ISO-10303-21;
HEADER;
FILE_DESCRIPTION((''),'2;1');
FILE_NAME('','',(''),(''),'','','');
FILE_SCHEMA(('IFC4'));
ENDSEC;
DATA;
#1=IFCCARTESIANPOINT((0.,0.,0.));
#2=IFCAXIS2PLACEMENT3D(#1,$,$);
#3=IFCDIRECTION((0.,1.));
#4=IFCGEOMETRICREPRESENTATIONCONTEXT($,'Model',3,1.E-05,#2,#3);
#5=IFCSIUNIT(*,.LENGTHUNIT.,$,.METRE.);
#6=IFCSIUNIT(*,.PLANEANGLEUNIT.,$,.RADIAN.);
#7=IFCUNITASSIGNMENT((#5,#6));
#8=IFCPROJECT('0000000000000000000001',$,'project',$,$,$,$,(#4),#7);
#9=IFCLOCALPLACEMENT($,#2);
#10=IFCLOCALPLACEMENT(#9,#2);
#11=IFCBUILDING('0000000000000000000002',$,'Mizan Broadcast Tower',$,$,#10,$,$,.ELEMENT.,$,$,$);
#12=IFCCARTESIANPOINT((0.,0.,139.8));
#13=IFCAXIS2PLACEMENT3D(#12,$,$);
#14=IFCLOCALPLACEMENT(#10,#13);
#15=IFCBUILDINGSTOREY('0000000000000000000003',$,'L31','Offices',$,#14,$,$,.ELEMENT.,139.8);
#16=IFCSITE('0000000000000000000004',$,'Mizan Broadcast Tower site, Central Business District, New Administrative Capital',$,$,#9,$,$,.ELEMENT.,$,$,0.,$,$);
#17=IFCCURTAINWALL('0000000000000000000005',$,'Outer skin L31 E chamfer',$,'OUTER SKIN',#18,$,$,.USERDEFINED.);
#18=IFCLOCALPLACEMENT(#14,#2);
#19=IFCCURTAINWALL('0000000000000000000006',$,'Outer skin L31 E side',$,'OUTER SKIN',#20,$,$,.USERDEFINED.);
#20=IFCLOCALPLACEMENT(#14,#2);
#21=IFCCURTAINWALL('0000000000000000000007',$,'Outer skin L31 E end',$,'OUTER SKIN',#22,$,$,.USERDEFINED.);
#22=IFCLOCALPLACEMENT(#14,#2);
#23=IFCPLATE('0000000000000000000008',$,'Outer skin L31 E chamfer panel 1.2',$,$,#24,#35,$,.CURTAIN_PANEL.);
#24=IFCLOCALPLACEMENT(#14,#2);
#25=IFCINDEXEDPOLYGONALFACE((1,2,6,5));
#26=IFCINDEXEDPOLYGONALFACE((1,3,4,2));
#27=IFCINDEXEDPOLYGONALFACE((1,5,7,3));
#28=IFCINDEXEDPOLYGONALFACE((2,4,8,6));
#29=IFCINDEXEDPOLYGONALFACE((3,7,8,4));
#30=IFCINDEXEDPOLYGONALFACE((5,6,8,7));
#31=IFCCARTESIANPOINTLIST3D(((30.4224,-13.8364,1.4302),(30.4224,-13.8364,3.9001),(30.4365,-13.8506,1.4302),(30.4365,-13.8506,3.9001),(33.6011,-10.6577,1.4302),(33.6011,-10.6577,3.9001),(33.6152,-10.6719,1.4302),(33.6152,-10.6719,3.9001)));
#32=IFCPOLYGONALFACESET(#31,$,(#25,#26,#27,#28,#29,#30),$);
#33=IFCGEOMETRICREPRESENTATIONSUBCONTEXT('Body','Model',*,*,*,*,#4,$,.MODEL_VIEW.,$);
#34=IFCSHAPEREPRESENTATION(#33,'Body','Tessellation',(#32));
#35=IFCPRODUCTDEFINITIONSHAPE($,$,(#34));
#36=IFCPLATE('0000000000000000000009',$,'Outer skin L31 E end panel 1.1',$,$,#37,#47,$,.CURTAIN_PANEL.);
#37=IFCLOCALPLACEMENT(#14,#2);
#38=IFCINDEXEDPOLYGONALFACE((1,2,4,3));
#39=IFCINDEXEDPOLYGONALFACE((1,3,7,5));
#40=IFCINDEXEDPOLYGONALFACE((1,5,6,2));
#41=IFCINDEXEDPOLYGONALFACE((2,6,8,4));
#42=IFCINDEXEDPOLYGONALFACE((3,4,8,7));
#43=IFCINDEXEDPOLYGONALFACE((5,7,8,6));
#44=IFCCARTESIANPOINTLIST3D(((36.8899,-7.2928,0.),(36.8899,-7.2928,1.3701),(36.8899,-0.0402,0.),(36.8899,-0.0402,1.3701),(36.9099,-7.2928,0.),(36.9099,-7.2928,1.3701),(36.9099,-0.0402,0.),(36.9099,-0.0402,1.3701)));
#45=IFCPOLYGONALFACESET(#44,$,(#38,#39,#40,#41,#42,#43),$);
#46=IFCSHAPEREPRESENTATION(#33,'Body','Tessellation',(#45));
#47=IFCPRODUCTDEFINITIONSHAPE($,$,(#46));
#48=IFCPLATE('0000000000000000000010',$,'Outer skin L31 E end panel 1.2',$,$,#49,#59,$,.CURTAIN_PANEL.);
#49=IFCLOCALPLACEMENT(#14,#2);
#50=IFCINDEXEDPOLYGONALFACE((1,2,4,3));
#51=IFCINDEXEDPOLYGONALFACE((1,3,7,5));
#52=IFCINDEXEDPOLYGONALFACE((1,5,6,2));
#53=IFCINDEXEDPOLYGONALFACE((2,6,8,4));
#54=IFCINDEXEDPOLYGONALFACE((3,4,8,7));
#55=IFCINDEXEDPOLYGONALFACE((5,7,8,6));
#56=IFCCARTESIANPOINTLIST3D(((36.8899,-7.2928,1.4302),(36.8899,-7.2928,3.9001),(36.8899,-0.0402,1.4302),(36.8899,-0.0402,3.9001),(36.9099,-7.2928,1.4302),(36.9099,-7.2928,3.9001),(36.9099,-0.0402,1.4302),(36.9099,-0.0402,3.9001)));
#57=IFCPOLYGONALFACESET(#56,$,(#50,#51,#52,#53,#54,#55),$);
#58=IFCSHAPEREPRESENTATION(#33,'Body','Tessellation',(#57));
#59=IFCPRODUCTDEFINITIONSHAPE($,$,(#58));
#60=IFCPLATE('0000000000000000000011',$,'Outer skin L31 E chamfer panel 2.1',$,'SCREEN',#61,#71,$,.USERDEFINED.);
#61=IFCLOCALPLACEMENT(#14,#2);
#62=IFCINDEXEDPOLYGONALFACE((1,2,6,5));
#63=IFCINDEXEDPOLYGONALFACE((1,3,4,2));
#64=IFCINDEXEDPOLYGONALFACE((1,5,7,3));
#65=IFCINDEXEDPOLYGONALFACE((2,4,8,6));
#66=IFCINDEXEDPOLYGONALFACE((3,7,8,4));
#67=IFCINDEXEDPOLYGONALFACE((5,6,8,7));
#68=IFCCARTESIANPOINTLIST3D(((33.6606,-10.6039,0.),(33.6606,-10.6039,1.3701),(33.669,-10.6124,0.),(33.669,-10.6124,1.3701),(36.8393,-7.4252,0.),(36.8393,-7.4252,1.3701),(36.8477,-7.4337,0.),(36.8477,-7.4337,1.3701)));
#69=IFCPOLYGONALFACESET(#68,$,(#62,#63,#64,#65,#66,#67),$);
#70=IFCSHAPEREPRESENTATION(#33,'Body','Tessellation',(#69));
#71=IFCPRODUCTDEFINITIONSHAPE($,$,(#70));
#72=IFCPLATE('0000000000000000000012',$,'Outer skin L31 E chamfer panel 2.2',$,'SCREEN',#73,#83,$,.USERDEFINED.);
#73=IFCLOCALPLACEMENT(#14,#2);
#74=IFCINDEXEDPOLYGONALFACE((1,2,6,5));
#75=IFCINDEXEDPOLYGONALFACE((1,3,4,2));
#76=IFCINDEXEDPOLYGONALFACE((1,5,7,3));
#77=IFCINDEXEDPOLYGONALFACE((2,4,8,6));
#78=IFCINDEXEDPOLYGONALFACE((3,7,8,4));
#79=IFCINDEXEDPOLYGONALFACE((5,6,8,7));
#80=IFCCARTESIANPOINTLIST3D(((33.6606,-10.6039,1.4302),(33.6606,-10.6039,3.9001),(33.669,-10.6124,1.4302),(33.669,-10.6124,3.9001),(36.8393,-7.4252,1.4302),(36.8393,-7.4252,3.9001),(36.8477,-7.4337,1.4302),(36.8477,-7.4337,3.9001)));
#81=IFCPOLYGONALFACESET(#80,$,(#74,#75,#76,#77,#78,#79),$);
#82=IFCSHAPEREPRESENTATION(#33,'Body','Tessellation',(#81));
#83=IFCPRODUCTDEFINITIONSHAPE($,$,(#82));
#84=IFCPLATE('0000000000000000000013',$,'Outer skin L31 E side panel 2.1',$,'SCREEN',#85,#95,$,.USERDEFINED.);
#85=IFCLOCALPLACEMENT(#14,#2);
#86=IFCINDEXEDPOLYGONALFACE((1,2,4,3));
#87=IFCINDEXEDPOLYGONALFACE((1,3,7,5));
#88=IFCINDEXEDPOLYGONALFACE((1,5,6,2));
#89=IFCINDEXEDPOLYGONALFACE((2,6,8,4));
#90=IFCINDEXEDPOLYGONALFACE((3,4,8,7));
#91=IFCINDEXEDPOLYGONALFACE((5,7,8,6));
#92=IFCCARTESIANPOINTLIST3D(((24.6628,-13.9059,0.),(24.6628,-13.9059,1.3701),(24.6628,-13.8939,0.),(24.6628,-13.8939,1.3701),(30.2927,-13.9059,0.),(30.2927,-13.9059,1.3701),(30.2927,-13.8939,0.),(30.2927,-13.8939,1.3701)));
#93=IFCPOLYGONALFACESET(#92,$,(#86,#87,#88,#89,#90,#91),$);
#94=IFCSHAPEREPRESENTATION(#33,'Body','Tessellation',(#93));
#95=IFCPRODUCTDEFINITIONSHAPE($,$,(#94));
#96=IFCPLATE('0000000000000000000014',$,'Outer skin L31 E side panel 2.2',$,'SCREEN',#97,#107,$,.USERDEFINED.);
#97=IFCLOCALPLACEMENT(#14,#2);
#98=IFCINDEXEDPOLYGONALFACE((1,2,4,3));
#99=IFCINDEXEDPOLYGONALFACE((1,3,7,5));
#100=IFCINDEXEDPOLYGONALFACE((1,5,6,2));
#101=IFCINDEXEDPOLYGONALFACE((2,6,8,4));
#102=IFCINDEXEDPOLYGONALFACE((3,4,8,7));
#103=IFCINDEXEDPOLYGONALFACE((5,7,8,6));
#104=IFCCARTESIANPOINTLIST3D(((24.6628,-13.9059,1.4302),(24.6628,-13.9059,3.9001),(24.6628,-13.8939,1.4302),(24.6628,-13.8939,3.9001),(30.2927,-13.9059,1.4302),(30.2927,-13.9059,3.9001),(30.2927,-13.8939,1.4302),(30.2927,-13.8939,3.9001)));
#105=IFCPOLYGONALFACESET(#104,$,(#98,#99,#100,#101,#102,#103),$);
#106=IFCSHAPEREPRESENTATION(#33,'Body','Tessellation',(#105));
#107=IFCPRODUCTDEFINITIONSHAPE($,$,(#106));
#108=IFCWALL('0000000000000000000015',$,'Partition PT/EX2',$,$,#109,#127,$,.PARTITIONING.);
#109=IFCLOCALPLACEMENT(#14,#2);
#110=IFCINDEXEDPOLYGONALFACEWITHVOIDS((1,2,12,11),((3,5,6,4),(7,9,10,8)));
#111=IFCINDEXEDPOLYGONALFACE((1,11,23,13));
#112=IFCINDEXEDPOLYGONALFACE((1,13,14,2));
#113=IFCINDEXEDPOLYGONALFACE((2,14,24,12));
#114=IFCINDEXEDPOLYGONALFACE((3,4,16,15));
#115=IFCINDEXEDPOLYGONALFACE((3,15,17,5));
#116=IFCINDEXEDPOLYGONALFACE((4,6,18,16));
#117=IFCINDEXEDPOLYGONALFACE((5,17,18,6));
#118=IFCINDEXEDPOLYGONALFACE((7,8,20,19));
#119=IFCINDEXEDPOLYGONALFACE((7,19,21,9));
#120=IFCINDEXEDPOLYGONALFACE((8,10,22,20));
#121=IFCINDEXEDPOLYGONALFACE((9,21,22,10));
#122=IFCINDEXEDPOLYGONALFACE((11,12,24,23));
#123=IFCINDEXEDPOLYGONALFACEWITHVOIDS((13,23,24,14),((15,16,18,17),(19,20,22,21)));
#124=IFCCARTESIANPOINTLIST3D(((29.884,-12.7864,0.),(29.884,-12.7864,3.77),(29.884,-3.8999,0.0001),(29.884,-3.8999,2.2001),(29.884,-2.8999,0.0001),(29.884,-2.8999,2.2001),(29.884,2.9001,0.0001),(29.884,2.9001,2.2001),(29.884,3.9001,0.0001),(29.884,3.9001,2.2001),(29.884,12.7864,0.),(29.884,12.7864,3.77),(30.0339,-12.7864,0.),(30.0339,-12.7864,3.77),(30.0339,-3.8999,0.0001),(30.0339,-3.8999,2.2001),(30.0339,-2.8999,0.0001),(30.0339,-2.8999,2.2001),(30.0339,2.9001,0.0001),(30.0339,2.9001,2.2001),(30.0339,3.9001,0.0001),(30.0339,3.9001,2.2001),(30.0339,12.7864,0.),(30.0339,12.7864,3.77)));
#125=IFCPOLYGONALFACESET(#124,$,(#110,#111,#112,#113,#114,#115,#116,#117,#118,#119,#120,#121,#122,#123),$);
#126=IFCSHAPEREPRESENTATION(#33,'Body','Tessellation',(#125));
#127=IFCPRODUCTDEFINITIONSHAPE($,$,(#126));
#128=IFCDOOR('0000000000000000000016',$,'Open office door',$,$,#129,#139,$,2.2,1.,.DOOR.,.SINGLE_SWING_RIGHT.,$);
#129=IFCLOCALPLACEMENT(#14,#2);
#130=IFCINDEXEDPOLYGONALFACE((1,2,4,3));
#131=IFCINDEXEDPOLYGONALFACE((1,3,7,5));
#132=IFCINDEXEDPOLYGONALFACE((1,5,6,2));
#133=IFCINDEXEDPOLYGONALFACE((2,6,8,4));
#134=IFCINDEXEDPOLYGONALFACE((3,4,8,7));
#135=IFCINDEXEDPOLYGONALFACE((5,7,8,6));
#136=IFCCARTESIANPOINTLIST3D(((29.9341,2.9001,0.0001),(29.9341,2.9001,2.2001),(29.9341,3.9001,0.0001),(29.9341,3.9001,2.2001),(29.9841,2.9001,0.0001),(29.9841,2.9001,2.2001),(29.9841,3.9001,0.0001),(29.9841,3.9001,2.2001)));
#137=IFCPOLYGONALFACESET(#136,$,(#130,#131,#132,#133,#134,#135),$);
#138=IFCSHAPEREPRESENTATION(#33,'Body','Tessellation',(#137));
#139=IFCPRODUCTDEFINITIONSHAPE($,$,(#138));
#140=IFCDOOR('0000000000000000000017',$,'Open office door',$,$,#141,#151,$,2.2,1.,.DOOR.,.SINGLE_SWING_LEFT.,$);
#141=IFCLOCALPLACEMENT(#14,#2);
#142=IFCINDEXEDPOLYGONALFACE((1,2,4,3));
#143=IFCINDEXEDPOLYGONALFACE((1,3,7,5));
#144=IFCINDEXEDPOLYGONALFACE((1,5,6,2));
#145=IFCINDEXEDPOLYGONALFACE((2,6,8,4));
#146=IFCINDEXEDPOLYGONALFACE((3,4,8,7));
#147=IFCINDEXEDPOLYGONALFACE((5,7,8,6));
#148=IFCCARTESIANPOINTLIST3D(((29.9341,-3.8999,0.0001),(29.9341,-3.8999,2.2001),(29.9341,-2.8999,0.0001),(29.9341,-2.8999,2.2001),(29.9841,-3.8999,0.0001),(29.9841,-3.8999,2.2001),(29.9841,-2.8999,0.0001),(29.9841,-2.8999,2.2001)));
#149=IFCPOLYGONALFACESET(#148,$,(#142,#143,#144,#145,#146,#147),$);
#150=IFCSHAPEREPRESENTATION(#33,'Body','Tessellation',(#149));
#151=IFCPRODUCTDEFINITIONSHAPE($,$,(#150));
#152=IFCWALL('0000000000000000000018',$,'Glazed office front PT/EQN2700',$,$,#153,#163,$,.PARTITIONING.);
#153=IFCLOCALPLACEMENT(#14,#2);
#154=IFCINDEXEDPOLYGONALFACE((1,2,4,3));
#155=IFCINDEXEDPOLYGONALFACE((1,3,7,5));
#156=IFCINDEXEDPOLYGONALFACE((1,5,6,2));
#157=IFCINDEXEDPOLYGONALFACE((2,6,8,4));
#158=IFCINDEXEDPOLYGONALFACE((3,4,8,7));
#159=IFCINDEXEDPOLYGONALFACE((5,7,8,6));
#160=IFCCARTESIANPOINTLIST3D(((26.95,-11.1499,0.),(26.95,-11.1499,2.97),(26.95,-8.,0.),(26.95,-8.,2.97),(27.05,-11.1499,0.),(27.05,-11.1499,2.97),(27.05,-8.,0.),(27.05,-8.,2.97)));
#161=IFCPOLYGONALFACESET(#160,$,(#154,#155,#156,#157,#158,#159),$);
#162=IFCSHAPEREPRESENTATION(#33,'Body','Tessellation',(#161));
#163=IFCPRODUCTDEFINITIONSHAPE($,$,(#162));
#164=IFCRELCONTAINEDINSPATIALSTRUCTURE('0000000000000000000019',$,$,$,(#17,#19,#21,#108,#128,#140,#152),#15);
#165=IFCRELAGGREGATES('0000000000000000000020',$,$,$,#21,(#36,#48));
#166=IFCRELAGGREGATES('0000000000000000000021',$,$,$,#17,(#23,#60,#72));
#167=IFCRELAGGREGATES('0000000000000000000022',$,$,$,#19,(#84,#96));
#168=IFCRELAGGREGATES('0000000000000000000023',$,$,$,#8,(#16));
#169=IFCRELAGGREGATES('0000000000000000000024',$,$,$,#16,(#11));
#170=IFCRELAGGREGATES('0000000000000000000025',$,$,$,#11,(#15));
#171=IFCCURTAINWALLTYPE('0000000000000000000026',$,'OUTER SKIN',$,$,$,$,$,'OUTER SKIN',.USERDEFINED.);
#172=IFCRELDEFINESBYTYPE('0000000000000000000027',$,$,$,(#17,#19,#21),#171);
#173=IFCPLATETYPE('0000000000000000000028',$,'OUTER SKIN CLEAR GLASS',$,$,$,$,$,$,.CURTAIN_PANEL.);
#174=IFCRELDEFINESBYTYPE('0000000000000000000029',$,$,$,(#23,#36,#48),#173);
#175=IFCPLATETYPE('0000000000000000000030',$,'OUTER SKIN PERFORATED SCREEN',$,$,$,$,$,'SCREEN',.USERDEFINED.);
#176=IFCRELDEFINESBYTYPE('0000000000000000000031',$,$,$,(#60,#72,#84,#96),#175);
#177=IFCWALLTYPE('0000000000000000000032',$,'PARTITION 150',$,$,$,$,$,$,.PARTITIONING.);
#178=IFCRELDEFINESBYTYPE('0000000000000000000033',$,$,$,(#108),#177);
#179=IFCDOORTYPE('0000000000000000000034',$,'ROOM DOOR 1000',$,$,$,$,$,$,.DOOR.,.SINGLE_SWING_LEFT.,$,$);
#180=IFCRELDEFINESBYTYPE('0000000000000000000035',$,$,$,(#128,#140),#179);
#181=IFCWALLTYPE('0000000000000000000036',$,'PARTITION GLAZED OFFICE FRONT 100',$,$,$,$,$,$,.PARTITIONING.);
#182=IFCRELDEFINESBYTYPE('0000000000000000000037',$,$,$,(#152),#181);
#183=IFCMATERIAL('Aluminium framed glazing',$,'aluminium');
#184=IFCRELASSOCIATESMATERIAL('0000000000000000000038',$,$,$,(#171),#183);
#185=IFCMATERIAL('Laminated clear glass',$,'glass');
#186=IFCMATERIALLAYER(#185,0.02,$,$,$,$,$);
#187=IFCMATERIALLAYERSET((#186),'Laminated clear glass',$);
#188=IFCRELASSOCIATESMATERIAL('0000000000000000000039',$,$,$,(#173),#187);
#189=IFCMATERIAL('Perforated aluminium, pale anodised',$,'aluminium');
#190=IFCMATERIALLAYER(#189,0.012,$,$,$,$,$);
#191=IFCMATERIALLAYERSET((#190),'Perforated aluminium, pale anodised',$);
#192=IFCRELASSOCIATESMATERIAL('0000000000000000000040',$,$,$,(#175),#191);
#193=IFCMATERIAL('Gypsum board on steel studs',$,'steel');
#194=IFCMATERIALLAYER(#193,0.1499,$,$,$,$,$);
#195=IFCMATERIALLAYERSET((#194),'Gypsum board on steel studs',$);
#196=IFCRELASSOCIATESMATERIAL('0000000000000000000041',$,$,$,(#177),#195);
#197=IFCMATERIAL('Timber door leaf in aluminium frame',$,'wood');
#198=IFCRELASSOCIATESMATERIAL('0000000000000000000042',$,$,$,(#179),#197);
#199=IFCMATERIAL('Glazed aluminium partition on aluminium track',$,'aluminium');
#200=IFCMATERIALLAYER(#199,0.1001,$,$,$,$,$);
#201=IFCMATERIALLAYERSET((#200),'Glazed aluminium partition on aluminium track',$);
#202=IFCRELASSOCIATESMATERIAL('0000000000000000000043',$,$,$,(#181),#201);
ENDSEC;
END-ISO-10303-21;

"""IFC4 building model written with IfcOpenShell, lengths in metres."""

from ifc_helpers import new_model, si_unit, direction, frame, frame_2d, origin, origin_2d, place, context, subcontext, project, spatial, rectangle, extrude, material, layer, layer_set, type_object, element, fill, aggregate, save


model = new_model("IFC4")

# Units and contexts
model_context = context("Model", 3, precision=1e-05, world=origin(), true_north=direction((0.0, 1.0)))
body_context = subcontext(model_context, "Body", "Model", "MODEL_VIEW")
ifc_project = project(units=[si_unit("LENGTHUNIT", "METRE"), si_unit("PLANEANGLEUNIT", "RADIAN")], contexts=[model_context])

# Site, building, storey
site_placement = place(None, origin())
site = spatial("IfcSite", under=ifc_project, at=site_placement, Name="Mizan Broadcast Tower site, Central Business District, New Administrative Capital", CompositionType="ELEMENT", RefElevation=0.0)
building_placement = place(site_placement, origin())
building = spatial("IfcBuilding", under=site, at=building_placement, Name="Mizan Broadcast Tower", CompositionType="ELEMENT")
storey_placement = place(building_placement, frame((0.0, 0.0, 139.8)))
storey = spatial("IfcBuildingStorey", under=building, at=storey_placement, Name="L31", Description="Offices", CompositionType="ELEMENT", Elevation=139.8)

# Curtain wall
ifc_material_1 = material(Name="Aluminium framed glazing", Category="aluminium")
curtain_wall_type_1 = type_object("IfcCurtainWallType", Name="OUTER SKIN", ElementType="OUTER SKIN", PredefinedType="USERDEFINED", material=ifc_material_1)
curtain_wall_1_placement = place(storey_placement, origin())
curtain_wall_1 = element("IfcCurtainWall", 1, at=curtain_wall_1_placement, inside=storey, type_object=curtain_wall_type_1, Name="Outer skin L31 E chamfer", ObjectType="OUTER SKIN", PredefinedType="USERDEFINED")

# Curtain wall
curtain_wall_2_placement = place(storey_placement, origin())
curtain_wall_2 = element("IfcCurtainWall", 2, at=curtain_wall_2_placement, inside=storey, type_object=curtain_wall_type_1, Name="Outer skin L31 E side", ObjectType="OUTER SKIN", PredefinedType="USERDEFINED")

# Curtain wall
curtain_wall_3_placement = place(storey_placement, origin())
curtain_wall_3 = element("IfcCurtainWall", 3, at=curtain_wall_3_placement, inside=storey, type_object=curtain_wall_type_1, Name="Outer skin L31 E end", ObjectType="OUTER SKIN", PredefinedType="USERDEFINED")

# Plates
ifc_material_2 = material(Name="Laminated clear glass", Category="glass")
ifc_layer_1 = layer(ifc_material_2, 0.02)
ifc_layer_set_1 = layer_set([ifc_layer_1], Name="Laminated clear glass")
plate_type_1 = type_object("IfcPlateType", Name="OUTER SKIN CLEAR GLASS", PredefinedType="CURTAIN_PANEL", material=ifc_layer_set_1)
plate_1_placement = place(storey_placement, frame((32.0188, -12.2542, 1.4302), z_axis=(0.0, 0.0, 1.0), x_axis=(0.707107, 0.707107, 0.0)))
plate_1 = element("IfcPlate", 4, at=plate_1_placement, type_object=plate_type_1, Name="Outer skin L31 E chamfer panel 1.2", PredefinedType="CURTAIN_PANEL", context=body_context, shape_type="SweptSolid", body=[
    extrude(rectangle(XDim=4.4954, YDim=0.02, at=origin_2d()), origin(), (0.0, 0.0, 1.0), 2.47),
])
plate_2_placement = place(storey_placement, frame((36.8999, -3.6665, 0.0), z_axis=(0.0, 0.0, 1.0), x_axis=(0.0, 1.0, 0.0)))
plate_2 = element("IfcPlate", 5, at=plate_2_placement, type_object=plate_type_1, Name="Outer skin L31 E end panel 1.1", PredefinedType="CURTAIN_PANEL", context=body_context, shape_type="SweptSolid", body=[
    extrude(rectangle(XDim=7.2527, YDim=0.02, at=origin_2d()), origin(), (0.0, 0.0, 1.0), 1.3701),
])
plate_3_placement = place(storey_placement, frame((36.8999, -3.6665, 1.4302), z_axis=(0.0, 0.0, 1.0), x_axis=(0.0, 1.0, 0.0)))
plate_3 = element("IfcPlate", 6, at=plate_3_placement, type_object=plate_type_1, Name="Outer skin L31 E end panel 1.2", PredefinedType="CURTAIN_PANEL", context=body_context, shape_type="SweptSolid", body=[
    extrude(rectangle(XDim=7.2527, YDim=0.02, at=origin_2d()), origin(), (0.0, 0.0, 1.0), 2.47),
])
aggregate(curtain_wall_3, [plate_2, plate_3])
ifc_material_3 = material(Name="Perforated aluminium, pale anodised", Category="aluminium")
ifc_layer_2 = layer(ifc_material_3, 0.012)
ifc_layer_set_2 = layer_set([ifc_layer_2], Name="Perforated aluminium, pale anodised")
plate_type_2 = type_object("IfcPlateType", Name="OUTER SKIN PERFORATED SCREEN", ElementType="SCREEN", PredefinedType="USERDEFINED", material=ifc_layer_set_2)
plate_4_placement = place(storey_placement, frame((35.2542, -9.0188, 0.0), z_axis=(0.0, 0.0, 1.0), x_axis=(0.707107, 0.707107, 0.0)))
plate_4 = element("IfcPlate", 7, at=plate_4_placement, type_object=plate_type_2, Name="Outer skin L31 E chamfer panel 2.1", ObjectType="SCREEN", PredefinedType="USERDEFINED", context=body_context, shape_type="SweptSolid", body=[
    extrude(rectangle(XDim=4.4954, YDim=0.012, at=origin_2d()), origin(), (0.0, 0.0, 1.0), 1.3701),
])
plate_5_placement = place(storey_placement, frame((35.2542, -9.0188, 1.4302), z_axis=(0.0, 0.0, 1.0), x_axis=(0.707107, 0.707107, 0.0)))
plate_5 = element("IfcPlate", 8, at=plate_5_placement, type_object=plate_type_2, Name="Outer skin L31 E chamfer panel 2.2", ObjectType="SCREEN", PredefinedType="USERDEFINED", context=body_context, shape_type="SweptSolid", body=[
    extrude(rectangle(XDim=4.4954, YDim=0.012, at=origin_2d()), origin(), (0.0, 0.0, 1.0), 2.47),
])
aggregate(curtain_wall_1, [plate_1, plate_4, plate_5])
plate_6_placement = place(storey_placement, frame((27.4778, -13.8999, 0.0), z_axis=(0.0, 0.0, 1.0), x_axis=(1.0, 0.0, 0.0)))
plate_6 = element("IfcPlate", 9, at=plate_6_placement, type_object=plate_type_2, Name="Outer skin L31 E side panel 2.1", ObjectType="SCREEN", PredefinedType="USERDEFINED", context=body_context, shape_type="SweptSolid", body=[
    extrude(rectangle(XDim=5.6299, YDim=0.012, at=origin_2d()), origin(), (0.0, 0.0, 1.0), 1.3701),
])
plate_7_placement = place(storey_placement, frame((27.4778, -13.8999, 1.4302), z_axis=(0.0, 0.0, 1.0), x_axis=(1.0, 0.0, 0.0)))
plate_7 = element("IfcPlate", 10, at=plate_7_placement, type_object=plate_type_2, Name="Outer skin L31 E side panel 2.2", ObjectType="SCREEN", PredefinedType="USERDEFINED", context=body_context, shape_type="SweptSolid", body=[
    extrude(rectangle(XDim=5.6299, YDim=0.012, at=origin_2d()), origin(), (0.0, 0.0, 1.0), 2.47),
])
aggregate(curtain_wall_2, [plate_6, plate_7])

# Wall, openings, doors
ifc_material_4 = material(Name="Gypsum board on steel studs", Category="steel")
ifc_layer_3 = layer(ifc_material_4, 0.1499)
ifc_layer_set_3 = layer_set([ifc_layer_3], Name="Gypsum board on steel studs")
wall_type_1 = type_object("IfcWallType", Name="PARTITION 150", PredefinedType="PARTITIONING", material=ifc_layer_set_3)
wall_1_placement = place(storey_placement, frame((29.959, -12.7864, 0.0), z_axis=(0.0, 0.0, 1.0), x_axis=(0.0, 1.0, 0.0)))
wall_1 = element("IfcWall", 11, at=wall_1_placement, inside=storey, type_object=wall_type_1, Name="Partition PT/EX2", PredefinedType="PARTITIONING", context=body_context, shape_type="SweptSolid", body=[
    extrude(rectangle(XDim=25.5728, YDim=0.1499, at=frame_2d((12.7864, 0.0))), origin(), (0.0, 0.0, 1.0), 3.77),
])
opening_1_placement = place(wall_1_placement, frame((15.6865, 0.0, 0.0)))
opening_1 = element("IfcOpeningElement", 12, at=opening_1_placement, cuts=wall_1, PredefinedType="OPENING", context=body_context, shape_type="SweptSolid", body=[
    extrude(rectangle(XDim=1.0, YDim=2.2, at=frame_2d((0.5, 1.1001))), frame((0.0, 0.085, 0.0), z_axis=(0.0, -1.0, 0.0), x_axis=(1.0, 0.0, 0.0)), (0.0, 0.0, 1.0), 0.1699),
])
opening_2_placement = place(wall_1_placement, frame((8.8865, 0.0, 0.0)))
opening_2 = element("IfcOpeningElement", 13, at=opening_2_placement, cuts=wall_1, PredefinedType="OPENING", context=body_context, shape_type="SweptSolid", body=[
    extrude(rectangle(XDim=1.0, YDim=2.2, at=frame_2d((0.5, 1.1001))), frame((0.0, 0.085, 0.0), z_axis=(0.0, -1.0, 0.0), x_axis=(1.0, 0.0, 0.0)), (0.0, 0.0, 1.0), 0.1699),
])
ifc_material_5 = material(Name="Timber door leaf in aluminium frame", Category="wood")
door_type = type_object("IfcDoorType", Name="ROOM DOOR 1000", OperationType="SINGLE_SWING_LEFT", PredefinedType="DOOR", material=ifc_material_5)
door_1_placement = place(opening_1_placement, origin())
door_1 = element("IfcDoor", 14, at=door_1_placement, inside=storey, type_object=door_type, Name="Open office door", OperationType="SINGLE_SWING_RIGHT", OverallHeight=2.2, OverallWidth=1.0, PredefinedType="DOOR", context=body_context, shape_type="SweptSolid", body=[
    extrude(rectangle(XDim=1.0, YDim=2.2, at=frame_2d((0.5, 1.1001))), frame((0.0, 0.0249, 0.0), z_axis=(0.0, -1.0, 0.0), x_axis=(1.0, 0.0, 0.0)), (0.0, 0.0, 1.0), 0.05),
])
fill(opening_1, door_1)
door_2_placement = place(opening_2_placement, origin())
door_2 = element("IfcDoor", 15, at=door_2_placement, inside=storey, type_object=door_type, Name="Open office door", OperationType="SINGLE_SWING_LEFT", OverallHeight=2.2, OverallWidth=1.0, PredefinedType="DOOR", context=body_context, shape_type="SweptSolid", body=[
    extrude(rectangle(XDim=1.0, YDim=2.2, at=frame_2d((0.5, 1.1001))), frame((0.0, 0.0249, 0.0), z_axis=(0.0, -1.0, 0.0), x_axis=(1.0, 0.0, 0.0)), (0.0, 0.0, 1.0), 0.05),
])
fill(opening_2, door_2)

# Wall
ifc_material_6 = material(Name="Glazed aluminium partition on aluminium track", Category="aluminium")
ifc_layer_4 = layer(ifc_material_6, 0.1001)
ifc_layer_set_4 = layer_set([ifc_layer_4], Name="Glazed aluminium partition on aluminium track")
wall_type_2 = type_object("IfcWallType", Name="PARTITION GLAZED OFFICE FRONT 100", PredefinedType="PARTITIONING", material=ifc_layer_set_4)
wall_2_placement = place(storey_placement, frame((27.0, -8.0, 0.0), z_axis=(0.0, 0.0, 1.0), x_axis=(0.0, -1.0, 0.0)))
element("IfcWall", 16, at=wall_2_placement, inside=storey, type_object=wall_type_2, Name="Glazed office front PT/EQN2700", PredefinedType="PARTITIONING", context=body_context, shape_type="SweptSolid", body=[
    extrude(rectangle(XDim=3.1499, YDim=0.1001, at=frame_2d((1.575, 0.0))), origin(), (0.0, 0.0, 1.0), 2.97),
])

save(model, "model.ifc")
